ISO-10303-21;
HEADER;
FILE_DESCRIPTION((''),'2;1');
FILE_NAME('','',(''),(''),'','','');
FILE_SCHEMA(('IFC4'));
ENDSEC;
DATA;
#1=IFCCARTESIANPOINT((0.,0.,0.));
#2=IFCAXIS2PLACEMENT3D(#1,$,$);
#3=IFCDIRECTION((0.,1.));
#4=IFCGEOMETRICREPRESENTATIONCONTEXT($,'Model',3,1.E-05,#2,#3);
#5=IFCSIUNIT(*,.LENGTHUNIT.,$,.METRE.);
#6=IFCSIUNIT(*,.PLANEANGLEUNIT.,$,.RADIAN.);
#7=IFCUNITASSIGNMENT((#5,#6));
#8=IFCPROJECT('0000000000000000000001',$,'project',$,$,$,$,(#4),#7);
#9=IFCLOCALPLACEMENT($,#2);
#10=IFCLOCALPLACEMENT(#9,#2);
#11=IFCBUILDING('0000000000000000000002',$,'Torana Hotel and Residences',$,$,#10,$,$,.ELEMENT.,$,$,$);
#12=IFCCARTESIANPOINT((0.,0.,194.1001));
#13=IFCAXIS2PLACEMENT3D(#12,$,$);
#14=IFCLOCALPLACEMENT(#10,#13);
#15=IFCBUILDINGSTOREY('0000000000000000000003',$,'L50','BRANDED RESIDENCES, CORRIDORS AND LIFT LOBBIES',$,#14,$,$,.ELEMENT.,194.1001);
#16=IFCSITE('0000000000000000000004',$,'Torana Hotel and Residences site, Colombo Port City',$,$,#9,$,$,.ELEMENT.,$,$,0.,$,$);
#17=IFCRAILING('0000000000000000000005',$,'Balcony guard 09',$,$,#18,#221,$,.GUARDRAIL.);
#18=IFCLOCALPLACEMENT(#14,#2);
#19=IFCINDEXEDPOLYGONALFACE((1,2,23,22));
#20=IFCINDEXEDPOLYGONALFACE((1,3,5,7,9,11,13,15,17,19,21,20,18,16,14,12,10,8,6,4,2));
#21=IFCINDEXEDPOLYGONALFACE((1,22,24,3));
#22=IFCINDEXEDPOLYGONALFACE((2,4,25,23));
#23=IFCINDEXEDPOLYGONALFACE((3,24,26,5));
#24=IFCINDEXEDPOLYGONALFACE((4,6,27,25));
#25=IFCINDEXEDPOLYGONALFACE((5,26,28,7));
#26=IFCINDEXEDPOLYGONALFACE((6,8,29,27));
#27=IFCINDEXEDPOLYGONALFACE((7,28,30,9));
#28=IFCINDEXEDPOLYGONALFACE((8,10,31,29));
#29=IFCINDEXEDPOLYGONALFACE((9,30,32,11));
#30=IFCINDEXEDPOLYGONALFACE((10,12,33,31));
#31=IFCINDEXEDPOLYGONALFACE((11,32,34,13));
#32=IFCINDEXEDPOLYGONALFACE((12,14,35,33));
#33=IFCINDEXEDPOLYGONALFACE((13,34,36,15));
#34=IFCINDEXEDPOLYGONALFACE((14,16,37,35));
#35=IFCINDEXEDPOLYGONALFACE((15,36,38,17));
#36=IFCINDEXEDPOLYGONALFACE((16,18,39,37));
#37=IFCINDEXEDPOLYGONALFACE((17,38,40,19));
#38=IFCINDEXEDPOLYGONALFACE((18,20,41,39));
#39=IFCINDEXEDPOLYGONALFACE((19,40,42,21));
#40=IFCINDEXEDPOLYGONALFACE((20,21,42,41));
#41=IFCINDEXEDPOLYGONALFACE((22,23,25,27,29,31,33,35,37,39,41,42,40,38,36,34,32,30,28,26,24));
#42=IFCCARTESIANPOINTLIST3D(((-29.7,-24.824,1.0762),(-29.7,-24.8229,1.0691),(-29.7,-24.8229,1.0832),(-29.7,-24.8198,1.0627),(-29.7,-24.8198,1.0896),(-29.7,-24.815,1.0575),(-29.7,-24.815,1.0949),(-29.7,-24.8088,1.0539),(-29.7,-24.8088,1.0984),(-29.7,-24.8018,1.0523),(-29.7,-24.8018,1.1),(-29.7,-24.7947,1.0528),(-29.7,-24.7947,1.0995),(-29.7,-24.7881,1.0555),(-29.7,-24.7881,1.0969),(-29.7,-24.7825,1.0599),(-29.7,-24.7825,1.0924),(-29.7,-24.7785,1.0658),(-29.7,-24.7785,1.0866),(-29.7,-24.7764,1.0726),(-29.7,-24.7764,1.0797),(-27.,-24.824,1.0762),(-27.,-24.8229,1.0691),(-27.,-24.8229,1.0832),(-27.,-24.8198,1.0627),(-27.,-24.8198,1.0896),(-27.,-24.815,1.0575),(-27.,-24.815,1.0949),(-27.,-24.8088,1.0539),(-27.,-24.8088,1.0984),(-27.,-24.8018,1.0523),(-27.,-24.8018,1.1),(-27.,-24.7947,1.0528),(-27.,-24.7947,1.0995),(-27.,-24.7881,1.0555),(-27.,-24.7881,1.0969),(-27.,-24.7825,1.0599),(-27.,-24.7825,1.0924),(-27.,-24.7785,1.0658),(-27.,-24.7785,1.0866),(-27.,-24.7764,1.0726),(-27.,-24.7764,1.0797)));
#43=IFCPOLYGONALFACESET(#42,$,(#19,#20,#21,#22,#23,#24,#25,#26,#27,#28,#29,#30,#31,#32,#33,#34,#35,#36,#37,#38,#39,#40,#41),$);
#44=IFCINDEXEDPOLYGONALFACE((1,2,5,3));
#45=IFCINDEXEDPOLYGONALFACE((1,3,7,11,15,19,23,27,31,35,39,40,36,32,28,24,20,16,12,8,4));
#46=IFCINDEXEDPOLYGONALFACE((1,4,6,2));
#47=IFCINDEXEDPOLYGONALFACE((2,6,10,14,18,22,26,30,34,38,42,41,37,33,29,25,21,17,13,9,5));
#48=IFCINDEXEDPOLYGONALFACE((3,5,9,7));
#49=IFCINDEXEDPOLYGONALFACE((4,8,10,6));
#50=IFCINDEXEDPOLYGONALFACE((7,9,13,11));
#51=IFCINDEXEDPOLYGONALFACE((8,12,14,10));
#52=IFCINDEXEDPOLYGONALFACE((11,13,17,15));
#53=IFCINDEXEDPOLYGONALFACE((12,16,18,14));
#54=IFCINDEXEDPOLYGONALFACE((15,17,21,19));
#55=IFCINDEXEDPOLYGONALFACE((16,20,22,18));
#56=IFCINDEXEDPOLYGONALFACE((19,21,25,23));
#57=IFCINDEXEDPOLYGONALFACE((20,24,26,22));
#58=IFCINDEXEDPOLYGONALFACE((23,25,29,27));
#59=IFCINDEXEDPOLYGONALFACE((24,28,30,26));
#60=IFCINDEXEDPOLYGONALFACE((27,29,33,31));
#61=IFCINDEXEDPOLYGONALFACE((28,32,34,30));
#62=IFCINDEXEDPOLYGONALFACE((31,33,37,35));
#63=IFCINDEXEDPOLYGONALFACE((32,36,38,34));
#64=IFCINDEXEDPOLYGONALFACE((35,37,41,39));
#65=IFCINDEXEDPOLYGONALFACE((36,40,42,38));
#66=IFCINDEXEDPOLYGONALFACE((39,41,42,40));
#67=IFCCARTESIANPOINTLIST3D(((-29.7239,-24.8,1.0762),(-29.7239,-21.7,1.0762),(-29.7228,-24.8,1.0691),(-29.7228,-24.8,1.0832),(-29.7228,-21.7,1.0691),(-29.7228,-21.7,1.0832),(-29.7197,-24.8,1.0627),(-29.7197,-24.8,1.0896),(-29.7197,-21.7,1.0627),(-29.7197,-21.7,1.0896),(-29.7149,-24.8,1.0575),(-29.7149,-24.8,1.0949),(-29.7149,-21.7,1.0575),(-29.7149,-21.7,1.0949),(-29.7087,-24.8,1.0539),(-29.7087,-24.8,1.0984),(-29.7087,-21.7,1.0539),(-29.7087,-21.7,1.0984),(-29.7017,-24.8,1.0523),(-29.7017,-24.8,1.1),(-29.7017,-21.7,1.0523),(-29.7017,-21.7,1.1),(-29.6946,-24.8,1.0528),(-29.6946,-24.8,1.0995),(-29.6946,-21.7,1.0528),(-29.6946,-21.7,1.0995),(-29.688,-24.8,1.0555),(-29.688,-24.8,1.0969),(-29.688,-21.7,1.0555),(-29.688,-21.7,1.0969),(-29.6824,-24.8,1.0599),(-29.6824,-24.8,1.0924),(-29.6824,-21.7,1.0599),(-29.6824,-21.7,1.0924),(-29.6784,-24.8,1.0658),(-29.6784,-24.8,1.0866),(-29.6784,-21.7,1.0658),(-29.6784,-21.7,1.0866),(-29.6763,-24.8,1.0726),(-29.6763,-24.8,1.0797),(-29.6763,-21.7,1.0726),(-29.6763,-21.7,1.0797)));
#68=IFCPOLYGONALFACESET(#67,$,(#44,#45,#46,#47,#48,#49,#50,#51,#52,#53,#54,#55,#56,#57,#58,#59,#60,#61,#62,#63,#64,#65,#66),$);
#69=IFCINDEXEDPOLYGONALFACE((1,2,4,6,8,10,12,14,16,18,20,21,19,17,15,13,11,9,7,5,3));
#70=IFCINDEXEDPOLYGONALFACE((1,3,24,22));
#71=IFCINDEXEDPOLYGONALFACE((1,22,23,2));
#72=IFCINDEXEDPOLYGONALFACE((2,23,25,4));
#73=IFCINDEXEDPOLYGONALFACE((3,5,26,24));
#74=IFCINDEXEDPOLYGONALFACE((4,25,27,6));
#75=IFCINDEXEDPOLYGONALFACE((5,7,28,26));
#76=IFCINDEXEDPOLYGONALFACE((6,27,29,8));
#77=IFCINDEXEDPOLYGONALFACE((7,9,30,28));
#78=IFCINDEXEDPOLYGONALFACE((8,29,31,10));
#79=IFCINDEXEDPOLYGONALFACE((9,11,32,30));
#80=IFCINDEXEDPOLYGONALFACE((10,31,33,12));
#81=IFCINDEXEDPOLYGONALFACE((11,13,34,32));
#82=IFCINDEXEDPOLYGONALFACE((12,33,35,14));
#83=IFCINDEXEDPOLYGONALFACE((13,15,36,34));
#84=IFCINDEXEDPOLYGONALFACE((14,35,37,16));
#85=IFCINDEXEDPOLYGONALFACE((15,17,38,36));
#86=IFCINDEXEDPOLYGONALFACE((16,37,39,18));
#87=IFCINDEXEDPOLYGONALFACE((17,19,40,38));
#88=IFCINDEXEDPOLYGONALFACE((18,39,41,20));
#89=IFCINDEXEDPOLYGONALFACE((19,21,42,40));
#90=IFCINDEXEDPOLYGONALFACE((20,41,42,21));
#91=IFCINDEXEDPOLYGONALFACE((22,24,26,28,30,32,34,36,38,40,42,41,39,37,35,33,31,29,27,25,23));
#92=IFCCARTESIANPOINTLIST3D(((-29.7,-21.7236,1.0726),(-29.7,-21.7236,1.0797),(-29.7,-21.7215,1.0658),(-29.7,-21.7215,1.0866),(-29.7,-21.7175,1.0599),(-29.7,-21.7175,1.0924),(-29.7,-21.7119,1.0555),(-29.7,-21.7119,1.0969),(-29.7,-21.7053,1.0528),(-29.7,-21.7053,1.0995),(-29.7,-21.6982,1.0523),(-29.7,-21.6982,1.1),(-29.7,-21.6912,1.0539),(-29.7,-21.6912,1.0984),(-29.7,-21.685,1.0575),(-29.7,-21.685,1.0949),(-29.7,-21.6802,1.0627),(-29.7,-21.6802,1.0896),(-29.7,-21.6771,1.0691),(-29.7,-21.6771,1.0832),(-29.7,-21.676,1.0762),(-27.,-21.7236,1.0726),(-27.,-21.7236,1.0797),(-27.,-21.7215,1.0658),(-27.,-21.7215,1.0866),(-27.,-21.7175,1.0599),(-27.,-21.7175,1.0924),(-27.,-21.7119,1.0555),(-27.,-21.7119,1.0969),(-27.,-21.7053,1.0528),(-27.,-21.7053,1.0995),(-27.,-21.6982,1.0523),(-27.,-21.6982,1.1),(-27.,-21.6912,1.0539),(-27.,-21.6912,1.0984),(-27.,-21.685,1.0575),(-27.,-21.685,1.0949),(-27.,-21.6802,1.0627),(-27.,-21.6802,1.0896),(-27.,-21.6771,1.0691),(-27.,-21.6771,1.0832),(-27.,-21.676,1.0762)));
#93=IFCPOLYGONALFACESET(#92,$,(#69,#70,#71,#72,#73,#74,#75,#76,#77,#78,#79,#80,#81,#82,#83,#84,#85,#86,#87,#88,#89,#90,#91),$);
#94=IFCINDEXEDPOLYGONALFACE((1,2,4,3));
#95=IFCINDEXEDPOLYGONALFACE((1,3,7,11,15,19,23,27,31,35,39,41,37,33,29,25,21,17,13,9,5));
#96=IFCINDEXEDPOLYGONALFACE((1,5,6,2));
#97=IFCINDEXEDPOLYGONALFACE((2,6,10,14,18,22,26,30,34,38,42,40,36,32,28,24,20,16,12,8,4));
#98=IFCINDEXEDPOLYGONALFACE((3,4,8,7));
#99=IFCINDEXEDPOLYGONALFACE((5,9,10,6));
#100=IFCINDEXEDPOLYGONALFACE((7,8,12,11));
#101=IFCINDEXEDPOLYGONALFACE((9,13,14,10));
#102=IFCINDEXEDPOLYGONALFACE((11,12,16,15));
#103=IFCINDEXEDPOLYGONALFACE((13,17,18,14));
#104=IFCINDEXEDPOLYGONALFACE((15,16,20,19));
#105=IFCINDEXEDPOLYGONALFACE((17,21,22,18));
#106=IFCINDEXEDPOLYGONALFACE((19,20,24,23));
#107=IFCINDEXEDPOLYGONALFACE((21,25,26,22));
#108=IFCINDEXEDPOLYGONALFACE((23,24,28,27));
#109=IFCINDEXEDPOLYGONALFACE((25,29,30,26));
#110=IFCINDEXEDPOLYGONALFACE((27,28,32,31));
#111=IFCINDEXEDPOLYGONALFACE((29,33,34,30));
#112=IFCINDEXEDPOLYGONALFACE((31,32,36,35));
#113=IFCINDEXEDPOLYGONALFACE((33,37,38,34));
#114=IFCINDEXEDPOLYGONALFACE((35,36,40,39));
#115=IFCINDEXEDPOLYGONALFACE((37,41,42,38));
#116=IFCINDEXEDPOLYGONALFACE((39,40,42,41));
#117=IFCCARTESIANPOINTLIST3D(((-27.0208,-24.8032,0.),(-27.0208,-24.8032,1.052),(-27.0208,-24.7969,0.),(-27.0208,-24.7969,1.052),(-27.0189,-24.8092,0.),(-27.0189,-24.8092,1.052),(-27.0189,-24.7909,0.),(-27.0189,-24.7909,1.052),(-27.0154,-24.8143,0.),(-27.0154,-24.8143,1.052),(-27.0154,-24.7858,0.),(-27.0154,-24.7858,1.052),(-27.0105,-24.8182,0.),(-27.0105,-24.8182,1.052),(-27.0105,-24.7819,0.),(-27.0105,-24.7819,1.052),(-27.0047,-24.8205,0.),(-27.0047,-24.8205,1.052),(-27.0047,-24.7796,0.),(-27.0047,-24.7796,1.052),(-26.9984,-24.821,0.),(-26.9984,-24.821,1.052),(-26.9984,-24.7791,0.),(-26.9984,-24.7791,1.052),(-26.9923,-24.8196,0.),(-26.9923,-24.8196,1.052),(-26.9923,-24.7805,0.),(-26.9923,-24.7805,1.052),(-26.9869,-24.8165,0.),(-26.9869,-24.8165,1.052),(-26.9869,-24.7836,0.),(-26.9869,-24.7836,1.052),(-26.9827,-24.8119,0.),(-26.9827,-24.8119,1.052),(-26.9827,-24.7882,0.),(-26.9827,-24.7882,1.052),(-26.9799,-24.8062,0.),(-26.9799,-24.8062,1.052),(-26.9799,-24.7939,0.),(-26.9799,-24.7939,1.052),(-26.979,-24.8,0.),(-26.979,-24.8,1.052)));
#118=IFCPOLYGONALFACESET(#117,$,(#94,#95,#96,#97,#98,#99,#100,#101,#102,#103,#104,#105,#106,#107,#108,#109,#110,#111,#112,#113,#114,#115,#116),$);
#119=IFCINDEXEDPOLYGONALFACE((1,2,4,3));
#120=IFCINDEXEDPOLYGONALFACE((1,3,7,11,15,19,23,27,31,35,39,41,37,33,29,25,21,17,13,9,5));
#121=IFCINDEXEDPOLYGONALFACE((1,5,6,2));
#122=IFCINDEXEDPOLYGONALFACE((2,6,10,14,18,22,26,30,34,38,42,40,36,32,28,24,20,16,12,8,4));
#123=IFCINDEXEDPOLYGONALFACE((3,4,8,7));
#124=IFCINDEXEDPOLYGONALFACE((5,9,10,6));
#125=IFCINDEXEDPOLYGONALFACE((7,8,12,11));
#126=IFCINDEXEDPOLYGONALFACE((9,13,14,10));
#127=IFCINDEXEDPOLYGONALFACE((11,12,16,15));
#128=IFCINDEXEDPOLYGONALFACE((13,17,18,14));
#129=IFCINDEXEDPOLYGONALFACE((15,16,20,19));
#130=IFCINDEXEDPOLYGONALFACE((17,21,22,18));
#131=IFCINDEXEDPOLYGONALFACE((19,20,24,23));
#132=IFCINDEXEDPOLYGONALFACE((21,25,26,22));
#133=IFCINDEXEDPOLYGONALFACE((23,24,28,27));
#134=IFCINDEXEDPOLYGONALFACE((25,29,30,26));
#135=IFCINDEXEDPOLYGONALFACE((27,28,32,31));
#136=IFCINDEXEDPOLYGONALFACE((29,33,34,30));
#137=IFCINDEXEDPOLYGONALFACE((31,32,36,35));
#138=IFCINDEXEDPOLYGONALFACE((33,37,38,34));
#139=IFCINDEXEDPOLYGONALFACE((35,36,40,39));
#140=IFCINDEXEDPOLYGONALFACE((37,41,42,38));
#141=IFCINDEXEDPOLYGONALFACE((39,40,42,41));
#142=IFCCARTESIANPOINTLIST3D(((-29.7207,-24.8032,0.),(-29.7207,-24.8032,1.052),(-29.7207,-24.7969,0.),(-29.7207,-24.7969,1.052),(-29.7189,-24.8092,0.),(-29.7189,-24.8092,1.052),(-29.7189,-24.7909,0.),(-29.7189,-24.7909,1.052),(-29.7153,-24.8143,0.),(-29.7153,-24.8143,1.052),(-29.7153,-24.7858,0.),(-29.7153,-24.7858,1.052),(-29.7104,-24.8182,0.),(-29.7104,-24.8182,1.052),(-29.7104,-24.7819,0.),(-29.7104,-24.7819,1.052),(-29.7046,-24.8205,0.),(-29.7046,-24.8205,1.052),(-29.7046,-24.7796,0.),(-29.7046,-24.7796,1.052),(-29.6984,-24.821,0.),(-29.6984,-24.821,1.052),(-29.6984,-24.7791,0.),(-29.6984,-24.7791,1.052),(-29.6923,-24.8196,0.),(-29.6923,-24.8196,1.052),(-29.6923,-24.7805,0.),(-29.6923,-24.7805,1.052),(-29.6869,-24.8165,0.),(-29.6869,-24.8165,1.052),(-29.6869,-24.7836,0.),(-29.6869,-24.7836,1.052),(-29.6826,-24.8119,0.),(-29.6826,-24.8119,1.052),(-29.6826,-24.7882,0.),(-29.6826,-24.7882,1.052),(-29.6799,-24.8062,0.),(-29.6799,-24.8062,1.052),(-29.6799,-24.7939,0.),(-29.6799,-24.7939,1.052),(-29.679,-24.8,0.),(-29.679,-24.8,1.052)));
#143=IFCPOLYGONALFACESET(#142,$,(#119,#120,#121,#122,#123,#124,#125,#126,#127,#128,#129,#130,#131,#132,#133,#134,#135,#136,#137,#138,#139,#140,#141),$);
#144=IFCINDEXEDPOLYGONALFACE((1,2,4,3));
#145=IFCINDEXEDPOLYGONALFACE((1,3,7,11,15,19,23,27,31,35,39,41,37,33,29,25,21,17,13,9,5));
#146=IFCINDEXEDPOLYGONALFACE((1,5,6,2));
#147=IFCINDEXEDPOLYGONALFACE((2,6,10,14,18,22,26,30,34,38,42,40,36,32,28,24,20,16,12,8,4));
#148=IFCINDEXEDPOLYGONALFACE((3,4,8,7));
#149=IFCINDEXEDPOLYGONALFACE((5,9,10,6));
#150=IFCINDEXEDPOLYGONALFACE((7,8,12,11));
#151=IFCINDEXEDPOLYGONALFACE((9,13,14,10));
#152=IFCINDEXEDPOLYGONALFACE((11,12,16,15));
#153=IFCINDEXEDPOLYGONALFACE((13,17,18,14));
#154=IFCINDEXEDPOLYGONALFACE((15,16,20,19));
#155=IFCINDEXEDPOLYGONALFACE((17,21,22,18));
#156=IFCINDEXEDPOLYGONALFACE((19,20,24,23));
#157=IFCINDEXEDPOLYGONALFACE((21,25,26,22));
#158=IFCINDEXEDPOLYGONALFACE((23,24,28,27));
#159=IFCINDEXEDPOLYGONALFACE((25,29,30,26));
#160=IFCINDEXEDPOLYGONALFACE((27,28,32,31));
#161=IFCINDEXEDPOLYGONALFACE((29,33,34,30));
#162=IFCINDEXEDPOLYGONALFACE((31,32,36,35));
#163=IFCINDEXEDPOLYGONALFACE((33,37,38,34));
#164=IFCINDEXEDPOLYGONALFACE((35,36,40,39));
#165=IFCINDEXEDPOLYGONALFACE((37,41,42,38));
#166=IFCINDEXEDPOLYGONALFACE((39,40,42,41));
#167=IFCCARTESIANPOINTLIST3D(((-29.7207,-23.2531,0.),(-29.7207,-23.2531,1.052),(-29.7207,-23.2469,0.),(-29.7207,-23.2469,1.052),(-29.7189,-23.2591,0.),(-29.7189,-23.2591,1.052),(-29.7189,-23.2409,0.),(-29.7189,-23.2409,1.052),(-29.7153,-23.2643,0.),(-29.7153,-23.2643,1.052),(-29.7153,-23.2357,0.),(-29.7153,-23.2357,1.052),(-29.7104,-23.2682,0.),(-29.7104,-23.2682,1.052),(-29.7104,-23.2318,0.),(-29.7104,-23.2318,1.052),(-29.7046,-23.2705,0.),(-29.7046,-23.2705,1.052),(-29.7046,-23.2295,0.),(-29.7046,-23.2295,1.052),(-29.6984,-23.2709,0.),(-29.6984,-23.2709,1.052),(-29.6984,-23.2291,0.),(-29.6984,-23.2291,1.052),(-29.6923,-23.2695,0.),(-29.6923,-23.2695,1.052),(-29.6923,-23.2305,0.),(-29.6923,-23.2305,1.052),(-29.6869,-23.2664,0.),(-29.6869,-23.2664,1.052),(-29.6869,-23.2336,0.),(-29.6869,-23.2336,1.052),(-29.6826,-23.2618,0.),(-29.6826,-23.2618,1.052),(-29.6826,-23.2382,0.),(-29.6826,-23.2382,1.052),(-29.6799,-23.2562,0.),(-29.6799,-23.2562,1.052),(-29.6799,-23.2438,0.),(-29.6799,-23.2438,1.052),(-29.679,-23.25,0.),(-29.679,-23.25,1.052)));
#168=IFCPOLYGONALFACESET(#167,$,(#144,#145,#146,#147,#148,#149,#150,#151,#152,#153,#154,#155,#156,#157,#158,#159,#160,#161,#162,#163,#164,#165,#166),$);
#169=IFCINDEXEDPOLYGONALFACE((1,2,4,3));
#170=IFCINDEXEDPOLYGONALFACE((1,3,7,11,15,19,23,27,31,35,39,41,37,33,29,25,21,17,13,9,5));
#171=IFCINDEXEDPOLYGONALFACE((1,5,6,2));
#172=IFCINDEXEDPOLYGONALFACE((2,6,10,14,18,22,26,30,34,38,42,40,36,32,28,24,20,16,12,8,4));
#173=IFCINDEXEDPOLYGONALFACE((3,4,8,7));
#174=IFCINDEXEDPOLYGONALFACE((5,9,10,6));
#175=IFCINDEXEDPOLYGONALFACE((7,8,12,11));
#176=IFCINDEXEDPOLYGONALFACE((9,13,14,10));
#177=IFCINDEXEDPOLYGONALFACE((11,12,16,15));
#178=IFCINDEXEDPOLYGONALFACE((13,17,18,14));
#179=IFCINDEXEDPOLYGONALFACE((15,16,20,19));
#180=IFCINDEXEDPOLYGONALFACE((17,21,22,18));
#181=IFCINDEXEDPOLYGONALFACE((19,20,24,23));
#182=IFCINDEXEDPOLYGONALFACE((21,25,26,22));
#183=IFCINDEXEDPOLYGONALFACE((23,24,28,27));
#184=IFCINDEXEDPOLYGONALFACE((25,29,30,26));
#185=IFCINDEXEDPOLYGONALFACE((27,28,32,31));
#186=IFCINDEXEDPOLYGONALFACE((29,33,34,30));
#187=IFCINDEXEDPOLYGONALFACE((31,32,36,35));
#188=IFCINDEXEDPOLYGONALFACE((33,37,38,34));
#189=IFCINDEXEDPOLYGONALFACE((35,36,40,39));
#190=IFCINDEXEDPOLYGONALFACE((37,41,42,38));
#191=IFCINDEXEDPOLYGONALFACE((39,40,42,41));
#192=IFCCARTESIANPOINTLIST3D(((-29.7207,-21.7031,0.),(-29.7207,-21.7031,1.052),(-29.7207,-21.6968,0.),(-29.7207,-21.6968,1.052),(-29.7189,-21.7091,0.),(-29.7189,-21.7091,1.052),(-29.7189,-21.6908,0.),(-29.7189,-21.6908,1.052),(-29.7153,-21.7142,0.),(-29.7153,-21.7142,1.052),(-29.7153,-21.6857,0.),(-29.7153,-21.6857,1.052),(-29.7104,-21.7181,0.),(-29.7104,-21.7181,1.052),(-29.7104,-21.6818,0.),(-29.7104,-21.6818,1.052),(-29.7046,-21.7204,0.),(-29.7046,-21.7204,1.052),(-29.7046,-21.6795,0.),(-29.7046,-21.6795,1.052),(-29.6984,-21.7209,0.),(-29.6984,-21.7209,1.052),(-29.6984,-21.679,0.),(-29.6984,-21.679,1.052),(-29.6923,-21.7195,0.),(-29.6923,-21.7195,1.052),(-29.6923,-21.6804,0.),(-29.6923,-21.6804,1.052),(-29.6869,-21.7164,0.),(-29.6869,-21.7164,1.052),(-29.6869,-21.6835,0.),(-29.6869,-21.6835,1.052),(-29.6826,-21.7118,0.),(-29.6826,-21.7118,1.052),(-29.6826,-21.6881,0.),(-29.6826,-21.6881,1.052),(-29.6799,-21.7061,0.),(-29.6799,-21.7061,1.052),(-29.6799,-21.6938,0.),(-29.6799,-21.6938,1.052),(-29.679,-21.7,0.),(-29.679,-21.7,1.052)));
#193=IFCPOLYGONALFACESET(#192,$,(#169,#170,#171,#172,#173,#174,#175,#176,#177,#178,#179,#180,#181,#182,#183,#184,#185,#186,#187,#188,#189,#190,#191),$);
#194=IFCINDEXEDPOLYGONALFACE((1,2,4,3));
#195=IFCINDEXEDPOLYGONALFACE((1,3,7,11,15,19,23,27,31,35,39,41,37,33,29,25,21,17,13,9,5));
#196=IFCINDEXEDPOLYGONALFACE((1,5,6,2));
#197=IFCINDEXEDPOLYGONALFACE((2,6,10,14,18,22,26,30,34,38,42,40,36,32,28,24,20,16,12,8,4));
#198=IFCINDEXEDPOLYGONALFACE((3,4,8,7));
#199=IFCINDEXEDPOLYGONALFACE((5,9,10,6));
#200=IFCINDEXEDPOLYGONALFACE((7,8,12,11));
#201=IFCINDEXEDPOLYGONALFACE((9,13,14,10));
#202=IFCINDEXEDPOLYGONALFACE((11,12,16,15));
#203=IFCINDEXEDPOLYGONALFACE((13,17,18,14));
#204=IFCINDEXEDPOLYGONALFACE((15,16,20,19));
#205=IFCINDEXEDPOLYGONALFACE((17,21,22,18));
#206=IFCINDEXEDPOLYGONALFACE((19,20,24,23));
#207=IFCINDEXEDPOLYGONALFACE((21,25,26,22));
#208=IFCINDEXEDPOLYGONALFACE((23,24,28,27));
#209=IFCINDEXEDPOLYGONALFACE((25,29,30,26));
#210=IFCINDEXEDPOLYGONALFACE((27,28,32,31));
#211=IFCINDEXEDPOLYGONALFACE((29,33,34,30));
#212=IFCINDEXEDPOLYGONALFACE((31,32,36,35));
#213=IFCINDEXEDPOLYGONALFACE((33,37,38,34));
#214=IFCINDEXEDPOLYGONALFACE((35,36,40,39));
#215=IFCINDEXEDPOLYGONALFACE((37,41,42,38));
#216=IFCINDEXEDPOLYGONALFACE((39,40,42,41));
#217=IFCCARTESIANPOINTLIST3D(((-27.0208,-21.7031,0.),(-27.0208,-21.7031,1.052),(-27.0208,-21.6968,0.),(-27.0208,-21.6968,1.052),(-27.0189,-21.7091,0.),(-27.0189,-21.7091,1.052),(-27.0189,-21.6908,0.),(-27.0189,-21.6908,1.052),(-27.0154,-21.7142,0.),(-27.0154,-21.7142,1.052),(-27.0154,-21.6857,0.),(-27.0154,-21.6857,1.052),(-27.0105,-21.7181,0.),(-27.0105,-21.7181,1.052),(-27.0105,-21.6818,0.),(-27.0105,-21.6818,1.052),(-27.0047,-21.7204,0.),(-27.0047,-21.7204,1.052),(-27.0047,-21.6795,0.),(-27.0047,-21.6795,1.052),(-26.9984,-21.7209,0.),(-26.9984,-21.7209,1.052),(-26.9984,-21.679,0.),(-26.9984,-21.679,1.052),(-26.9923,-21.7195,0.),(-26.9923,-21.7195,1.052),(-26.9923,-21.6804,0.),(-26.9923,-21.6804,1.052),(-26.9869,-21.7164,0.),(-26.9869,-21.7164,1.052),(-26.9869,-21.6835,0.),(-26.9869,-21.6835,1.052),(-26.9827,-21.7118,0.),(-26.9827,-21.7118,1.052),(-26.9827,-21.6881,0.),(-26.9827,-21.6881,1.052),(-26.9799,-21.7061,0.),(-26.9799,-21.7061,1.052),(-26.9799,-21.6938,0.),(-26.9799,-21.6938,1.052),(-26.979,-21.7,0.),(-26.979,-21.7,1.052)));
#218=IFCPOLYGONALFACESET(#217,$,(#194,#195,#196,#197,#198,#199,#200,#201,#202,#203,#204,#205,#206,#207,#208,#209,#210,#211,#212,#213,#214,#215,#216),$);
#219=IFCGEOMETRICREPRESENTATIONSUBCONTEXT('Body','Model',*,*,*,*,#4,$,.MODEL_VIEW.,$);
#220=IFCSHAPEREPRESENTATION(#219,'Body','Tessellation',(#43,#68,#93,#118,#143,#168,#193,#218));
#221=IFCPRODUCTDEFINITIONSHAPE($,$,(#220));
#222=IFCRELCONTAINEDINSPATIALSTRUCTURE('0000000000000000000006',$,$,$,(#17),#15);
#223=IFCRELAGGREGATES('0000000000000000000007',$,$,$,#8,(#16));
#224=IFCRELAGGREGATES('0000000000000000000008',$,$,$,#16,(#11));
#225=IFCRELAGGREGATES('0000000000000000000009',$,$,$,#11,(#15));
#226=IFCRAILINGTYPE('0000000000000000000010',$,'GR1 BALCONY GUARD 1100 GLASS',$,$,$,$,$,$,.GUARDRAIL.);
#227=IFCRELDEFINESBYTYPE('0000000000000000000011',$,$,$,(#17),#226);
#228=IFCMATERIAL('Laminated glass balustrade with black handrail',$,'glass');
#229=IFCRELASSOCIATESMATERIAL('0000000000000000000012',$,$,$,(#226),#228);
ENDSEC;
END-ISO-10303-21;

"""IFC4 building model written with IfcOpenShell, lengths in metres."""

from ifc_helpers import new_model, si_unit, direction, frame, origin, origin_2d, place, context, subcontext, project, spatial, circle, extrude, material, type_object, element, save


model = new_model("IFC4")

# Units and contexts
model_context = context("Model", 3, precision=1e-05, world=origin(), true_north=direction((0.0, 1.0)))
body_context = subcontext(model_context, "Body", "Model", "MODEL_VIEW")
ifc_project = project(units=[si_unit("LENGTHUNIT", "METRE"), si_unit("PLANEANGLEUNIT", "RADIAN")], contexts=[model_context])

# Site, building, storey
site_placement = place(None, origin())
site = spatial("IfcSite", under=ifc_project, at=site_placement, Name="Torana Hotel and Residences site, Colombo Port City", CompositionType="ELEMENT", RefElevation=0.0)
building_placement = place(site_placement, origin())
building = spatial("IfcBuilding", under=site, at=building_placement, Name="Torana Hotel and Residences", CompositionType="ELEMENT")
storey_placement = place(building_placement, frame((0.0, 0.0, 194.1001)))
storey = spatial("IfcBuildingStorey", under=building, at=storey_placement, Name="L50", Description="BRANDED RESIDENCES, CORRIDORS AND LIFT LOBBIES", CompositionType="ELEMENT", Elevation=194.1001)

# Railing
ifc_material_1 = material(Name="Laminated glass balustrade with black handrail", Category="glass")
railing_type = type_object("IfcRailingType", Name="GR1 BALCONY GUARD 1100 GLASS", PredefinedType="GUARDRAIL", material=ifc_material_1)
railing_placement = place(storey_placement, frame((-27.0, -24.8, 0.0)))
element("IfcRailing", 1, at=railing_placement, inside=storey, type_object=railing_type, Name="Balcony guard 09", PredefinedType="GUARDRAIL", context=body_context, shape_type="SweptSolid", body=[
    extrude(circle(Radius=0.0239, at=origin_2d()), frame((0.0, 0.0, 1.0762), z_axis=(-1.0, 0.0, 0.0), x_axis=(0.0, -1.0, 0.0)), (0.0, 0.0, 1.0), 2.7),
    extrude(circle(Radius=0.0239, at=origin_2d()), frame((-2.7, 0.0, 1.0762), z_axis=(0.0, 1.0, 0.0), x_axis=(-1.0, 0.0, 0.0)), (0.0, 0.0, 1.0), 3.1001),
    extrude(circle(Radius=0.0239, at=origin_2d()), frame((-2.7, 3.1001, 1.0762), z_axis=(1.0, 0.0, 0.0), x_axis=(0.0, 1.0, 0.0)), (0.0, 0.0, 1.0), 2.7),
    extrude(circle(Radius=0.021, at=origin_2d()), origin(), (0.0, 0.0, 1.0), 1.052),
    extrude(circle(Radius=0.021, at=origin_2d()), frame((-2.7, 0.0, 0.0)), (0.0, 0.0, 1.0), 1.052),
    extrude(circle(Radius=0.021, at=origin_2d()), frame((-2.7, 1.55, 0.0)), (0.0, 0.0, 1.0), 1.052),
    extrude(circle(Radius=0.021, at=origin_2d()), frame((-2.7, 3.1001, 0.0)), (0.0, 0.0, 1.0), 1.052),
    extrude(circle(Radius=0.021, at=origin_2d()), frame((0.0, 3.1001, 0.0)), (0.0, 0.0, 1.0), 1.052),
])

save(model, "model.ifc")
